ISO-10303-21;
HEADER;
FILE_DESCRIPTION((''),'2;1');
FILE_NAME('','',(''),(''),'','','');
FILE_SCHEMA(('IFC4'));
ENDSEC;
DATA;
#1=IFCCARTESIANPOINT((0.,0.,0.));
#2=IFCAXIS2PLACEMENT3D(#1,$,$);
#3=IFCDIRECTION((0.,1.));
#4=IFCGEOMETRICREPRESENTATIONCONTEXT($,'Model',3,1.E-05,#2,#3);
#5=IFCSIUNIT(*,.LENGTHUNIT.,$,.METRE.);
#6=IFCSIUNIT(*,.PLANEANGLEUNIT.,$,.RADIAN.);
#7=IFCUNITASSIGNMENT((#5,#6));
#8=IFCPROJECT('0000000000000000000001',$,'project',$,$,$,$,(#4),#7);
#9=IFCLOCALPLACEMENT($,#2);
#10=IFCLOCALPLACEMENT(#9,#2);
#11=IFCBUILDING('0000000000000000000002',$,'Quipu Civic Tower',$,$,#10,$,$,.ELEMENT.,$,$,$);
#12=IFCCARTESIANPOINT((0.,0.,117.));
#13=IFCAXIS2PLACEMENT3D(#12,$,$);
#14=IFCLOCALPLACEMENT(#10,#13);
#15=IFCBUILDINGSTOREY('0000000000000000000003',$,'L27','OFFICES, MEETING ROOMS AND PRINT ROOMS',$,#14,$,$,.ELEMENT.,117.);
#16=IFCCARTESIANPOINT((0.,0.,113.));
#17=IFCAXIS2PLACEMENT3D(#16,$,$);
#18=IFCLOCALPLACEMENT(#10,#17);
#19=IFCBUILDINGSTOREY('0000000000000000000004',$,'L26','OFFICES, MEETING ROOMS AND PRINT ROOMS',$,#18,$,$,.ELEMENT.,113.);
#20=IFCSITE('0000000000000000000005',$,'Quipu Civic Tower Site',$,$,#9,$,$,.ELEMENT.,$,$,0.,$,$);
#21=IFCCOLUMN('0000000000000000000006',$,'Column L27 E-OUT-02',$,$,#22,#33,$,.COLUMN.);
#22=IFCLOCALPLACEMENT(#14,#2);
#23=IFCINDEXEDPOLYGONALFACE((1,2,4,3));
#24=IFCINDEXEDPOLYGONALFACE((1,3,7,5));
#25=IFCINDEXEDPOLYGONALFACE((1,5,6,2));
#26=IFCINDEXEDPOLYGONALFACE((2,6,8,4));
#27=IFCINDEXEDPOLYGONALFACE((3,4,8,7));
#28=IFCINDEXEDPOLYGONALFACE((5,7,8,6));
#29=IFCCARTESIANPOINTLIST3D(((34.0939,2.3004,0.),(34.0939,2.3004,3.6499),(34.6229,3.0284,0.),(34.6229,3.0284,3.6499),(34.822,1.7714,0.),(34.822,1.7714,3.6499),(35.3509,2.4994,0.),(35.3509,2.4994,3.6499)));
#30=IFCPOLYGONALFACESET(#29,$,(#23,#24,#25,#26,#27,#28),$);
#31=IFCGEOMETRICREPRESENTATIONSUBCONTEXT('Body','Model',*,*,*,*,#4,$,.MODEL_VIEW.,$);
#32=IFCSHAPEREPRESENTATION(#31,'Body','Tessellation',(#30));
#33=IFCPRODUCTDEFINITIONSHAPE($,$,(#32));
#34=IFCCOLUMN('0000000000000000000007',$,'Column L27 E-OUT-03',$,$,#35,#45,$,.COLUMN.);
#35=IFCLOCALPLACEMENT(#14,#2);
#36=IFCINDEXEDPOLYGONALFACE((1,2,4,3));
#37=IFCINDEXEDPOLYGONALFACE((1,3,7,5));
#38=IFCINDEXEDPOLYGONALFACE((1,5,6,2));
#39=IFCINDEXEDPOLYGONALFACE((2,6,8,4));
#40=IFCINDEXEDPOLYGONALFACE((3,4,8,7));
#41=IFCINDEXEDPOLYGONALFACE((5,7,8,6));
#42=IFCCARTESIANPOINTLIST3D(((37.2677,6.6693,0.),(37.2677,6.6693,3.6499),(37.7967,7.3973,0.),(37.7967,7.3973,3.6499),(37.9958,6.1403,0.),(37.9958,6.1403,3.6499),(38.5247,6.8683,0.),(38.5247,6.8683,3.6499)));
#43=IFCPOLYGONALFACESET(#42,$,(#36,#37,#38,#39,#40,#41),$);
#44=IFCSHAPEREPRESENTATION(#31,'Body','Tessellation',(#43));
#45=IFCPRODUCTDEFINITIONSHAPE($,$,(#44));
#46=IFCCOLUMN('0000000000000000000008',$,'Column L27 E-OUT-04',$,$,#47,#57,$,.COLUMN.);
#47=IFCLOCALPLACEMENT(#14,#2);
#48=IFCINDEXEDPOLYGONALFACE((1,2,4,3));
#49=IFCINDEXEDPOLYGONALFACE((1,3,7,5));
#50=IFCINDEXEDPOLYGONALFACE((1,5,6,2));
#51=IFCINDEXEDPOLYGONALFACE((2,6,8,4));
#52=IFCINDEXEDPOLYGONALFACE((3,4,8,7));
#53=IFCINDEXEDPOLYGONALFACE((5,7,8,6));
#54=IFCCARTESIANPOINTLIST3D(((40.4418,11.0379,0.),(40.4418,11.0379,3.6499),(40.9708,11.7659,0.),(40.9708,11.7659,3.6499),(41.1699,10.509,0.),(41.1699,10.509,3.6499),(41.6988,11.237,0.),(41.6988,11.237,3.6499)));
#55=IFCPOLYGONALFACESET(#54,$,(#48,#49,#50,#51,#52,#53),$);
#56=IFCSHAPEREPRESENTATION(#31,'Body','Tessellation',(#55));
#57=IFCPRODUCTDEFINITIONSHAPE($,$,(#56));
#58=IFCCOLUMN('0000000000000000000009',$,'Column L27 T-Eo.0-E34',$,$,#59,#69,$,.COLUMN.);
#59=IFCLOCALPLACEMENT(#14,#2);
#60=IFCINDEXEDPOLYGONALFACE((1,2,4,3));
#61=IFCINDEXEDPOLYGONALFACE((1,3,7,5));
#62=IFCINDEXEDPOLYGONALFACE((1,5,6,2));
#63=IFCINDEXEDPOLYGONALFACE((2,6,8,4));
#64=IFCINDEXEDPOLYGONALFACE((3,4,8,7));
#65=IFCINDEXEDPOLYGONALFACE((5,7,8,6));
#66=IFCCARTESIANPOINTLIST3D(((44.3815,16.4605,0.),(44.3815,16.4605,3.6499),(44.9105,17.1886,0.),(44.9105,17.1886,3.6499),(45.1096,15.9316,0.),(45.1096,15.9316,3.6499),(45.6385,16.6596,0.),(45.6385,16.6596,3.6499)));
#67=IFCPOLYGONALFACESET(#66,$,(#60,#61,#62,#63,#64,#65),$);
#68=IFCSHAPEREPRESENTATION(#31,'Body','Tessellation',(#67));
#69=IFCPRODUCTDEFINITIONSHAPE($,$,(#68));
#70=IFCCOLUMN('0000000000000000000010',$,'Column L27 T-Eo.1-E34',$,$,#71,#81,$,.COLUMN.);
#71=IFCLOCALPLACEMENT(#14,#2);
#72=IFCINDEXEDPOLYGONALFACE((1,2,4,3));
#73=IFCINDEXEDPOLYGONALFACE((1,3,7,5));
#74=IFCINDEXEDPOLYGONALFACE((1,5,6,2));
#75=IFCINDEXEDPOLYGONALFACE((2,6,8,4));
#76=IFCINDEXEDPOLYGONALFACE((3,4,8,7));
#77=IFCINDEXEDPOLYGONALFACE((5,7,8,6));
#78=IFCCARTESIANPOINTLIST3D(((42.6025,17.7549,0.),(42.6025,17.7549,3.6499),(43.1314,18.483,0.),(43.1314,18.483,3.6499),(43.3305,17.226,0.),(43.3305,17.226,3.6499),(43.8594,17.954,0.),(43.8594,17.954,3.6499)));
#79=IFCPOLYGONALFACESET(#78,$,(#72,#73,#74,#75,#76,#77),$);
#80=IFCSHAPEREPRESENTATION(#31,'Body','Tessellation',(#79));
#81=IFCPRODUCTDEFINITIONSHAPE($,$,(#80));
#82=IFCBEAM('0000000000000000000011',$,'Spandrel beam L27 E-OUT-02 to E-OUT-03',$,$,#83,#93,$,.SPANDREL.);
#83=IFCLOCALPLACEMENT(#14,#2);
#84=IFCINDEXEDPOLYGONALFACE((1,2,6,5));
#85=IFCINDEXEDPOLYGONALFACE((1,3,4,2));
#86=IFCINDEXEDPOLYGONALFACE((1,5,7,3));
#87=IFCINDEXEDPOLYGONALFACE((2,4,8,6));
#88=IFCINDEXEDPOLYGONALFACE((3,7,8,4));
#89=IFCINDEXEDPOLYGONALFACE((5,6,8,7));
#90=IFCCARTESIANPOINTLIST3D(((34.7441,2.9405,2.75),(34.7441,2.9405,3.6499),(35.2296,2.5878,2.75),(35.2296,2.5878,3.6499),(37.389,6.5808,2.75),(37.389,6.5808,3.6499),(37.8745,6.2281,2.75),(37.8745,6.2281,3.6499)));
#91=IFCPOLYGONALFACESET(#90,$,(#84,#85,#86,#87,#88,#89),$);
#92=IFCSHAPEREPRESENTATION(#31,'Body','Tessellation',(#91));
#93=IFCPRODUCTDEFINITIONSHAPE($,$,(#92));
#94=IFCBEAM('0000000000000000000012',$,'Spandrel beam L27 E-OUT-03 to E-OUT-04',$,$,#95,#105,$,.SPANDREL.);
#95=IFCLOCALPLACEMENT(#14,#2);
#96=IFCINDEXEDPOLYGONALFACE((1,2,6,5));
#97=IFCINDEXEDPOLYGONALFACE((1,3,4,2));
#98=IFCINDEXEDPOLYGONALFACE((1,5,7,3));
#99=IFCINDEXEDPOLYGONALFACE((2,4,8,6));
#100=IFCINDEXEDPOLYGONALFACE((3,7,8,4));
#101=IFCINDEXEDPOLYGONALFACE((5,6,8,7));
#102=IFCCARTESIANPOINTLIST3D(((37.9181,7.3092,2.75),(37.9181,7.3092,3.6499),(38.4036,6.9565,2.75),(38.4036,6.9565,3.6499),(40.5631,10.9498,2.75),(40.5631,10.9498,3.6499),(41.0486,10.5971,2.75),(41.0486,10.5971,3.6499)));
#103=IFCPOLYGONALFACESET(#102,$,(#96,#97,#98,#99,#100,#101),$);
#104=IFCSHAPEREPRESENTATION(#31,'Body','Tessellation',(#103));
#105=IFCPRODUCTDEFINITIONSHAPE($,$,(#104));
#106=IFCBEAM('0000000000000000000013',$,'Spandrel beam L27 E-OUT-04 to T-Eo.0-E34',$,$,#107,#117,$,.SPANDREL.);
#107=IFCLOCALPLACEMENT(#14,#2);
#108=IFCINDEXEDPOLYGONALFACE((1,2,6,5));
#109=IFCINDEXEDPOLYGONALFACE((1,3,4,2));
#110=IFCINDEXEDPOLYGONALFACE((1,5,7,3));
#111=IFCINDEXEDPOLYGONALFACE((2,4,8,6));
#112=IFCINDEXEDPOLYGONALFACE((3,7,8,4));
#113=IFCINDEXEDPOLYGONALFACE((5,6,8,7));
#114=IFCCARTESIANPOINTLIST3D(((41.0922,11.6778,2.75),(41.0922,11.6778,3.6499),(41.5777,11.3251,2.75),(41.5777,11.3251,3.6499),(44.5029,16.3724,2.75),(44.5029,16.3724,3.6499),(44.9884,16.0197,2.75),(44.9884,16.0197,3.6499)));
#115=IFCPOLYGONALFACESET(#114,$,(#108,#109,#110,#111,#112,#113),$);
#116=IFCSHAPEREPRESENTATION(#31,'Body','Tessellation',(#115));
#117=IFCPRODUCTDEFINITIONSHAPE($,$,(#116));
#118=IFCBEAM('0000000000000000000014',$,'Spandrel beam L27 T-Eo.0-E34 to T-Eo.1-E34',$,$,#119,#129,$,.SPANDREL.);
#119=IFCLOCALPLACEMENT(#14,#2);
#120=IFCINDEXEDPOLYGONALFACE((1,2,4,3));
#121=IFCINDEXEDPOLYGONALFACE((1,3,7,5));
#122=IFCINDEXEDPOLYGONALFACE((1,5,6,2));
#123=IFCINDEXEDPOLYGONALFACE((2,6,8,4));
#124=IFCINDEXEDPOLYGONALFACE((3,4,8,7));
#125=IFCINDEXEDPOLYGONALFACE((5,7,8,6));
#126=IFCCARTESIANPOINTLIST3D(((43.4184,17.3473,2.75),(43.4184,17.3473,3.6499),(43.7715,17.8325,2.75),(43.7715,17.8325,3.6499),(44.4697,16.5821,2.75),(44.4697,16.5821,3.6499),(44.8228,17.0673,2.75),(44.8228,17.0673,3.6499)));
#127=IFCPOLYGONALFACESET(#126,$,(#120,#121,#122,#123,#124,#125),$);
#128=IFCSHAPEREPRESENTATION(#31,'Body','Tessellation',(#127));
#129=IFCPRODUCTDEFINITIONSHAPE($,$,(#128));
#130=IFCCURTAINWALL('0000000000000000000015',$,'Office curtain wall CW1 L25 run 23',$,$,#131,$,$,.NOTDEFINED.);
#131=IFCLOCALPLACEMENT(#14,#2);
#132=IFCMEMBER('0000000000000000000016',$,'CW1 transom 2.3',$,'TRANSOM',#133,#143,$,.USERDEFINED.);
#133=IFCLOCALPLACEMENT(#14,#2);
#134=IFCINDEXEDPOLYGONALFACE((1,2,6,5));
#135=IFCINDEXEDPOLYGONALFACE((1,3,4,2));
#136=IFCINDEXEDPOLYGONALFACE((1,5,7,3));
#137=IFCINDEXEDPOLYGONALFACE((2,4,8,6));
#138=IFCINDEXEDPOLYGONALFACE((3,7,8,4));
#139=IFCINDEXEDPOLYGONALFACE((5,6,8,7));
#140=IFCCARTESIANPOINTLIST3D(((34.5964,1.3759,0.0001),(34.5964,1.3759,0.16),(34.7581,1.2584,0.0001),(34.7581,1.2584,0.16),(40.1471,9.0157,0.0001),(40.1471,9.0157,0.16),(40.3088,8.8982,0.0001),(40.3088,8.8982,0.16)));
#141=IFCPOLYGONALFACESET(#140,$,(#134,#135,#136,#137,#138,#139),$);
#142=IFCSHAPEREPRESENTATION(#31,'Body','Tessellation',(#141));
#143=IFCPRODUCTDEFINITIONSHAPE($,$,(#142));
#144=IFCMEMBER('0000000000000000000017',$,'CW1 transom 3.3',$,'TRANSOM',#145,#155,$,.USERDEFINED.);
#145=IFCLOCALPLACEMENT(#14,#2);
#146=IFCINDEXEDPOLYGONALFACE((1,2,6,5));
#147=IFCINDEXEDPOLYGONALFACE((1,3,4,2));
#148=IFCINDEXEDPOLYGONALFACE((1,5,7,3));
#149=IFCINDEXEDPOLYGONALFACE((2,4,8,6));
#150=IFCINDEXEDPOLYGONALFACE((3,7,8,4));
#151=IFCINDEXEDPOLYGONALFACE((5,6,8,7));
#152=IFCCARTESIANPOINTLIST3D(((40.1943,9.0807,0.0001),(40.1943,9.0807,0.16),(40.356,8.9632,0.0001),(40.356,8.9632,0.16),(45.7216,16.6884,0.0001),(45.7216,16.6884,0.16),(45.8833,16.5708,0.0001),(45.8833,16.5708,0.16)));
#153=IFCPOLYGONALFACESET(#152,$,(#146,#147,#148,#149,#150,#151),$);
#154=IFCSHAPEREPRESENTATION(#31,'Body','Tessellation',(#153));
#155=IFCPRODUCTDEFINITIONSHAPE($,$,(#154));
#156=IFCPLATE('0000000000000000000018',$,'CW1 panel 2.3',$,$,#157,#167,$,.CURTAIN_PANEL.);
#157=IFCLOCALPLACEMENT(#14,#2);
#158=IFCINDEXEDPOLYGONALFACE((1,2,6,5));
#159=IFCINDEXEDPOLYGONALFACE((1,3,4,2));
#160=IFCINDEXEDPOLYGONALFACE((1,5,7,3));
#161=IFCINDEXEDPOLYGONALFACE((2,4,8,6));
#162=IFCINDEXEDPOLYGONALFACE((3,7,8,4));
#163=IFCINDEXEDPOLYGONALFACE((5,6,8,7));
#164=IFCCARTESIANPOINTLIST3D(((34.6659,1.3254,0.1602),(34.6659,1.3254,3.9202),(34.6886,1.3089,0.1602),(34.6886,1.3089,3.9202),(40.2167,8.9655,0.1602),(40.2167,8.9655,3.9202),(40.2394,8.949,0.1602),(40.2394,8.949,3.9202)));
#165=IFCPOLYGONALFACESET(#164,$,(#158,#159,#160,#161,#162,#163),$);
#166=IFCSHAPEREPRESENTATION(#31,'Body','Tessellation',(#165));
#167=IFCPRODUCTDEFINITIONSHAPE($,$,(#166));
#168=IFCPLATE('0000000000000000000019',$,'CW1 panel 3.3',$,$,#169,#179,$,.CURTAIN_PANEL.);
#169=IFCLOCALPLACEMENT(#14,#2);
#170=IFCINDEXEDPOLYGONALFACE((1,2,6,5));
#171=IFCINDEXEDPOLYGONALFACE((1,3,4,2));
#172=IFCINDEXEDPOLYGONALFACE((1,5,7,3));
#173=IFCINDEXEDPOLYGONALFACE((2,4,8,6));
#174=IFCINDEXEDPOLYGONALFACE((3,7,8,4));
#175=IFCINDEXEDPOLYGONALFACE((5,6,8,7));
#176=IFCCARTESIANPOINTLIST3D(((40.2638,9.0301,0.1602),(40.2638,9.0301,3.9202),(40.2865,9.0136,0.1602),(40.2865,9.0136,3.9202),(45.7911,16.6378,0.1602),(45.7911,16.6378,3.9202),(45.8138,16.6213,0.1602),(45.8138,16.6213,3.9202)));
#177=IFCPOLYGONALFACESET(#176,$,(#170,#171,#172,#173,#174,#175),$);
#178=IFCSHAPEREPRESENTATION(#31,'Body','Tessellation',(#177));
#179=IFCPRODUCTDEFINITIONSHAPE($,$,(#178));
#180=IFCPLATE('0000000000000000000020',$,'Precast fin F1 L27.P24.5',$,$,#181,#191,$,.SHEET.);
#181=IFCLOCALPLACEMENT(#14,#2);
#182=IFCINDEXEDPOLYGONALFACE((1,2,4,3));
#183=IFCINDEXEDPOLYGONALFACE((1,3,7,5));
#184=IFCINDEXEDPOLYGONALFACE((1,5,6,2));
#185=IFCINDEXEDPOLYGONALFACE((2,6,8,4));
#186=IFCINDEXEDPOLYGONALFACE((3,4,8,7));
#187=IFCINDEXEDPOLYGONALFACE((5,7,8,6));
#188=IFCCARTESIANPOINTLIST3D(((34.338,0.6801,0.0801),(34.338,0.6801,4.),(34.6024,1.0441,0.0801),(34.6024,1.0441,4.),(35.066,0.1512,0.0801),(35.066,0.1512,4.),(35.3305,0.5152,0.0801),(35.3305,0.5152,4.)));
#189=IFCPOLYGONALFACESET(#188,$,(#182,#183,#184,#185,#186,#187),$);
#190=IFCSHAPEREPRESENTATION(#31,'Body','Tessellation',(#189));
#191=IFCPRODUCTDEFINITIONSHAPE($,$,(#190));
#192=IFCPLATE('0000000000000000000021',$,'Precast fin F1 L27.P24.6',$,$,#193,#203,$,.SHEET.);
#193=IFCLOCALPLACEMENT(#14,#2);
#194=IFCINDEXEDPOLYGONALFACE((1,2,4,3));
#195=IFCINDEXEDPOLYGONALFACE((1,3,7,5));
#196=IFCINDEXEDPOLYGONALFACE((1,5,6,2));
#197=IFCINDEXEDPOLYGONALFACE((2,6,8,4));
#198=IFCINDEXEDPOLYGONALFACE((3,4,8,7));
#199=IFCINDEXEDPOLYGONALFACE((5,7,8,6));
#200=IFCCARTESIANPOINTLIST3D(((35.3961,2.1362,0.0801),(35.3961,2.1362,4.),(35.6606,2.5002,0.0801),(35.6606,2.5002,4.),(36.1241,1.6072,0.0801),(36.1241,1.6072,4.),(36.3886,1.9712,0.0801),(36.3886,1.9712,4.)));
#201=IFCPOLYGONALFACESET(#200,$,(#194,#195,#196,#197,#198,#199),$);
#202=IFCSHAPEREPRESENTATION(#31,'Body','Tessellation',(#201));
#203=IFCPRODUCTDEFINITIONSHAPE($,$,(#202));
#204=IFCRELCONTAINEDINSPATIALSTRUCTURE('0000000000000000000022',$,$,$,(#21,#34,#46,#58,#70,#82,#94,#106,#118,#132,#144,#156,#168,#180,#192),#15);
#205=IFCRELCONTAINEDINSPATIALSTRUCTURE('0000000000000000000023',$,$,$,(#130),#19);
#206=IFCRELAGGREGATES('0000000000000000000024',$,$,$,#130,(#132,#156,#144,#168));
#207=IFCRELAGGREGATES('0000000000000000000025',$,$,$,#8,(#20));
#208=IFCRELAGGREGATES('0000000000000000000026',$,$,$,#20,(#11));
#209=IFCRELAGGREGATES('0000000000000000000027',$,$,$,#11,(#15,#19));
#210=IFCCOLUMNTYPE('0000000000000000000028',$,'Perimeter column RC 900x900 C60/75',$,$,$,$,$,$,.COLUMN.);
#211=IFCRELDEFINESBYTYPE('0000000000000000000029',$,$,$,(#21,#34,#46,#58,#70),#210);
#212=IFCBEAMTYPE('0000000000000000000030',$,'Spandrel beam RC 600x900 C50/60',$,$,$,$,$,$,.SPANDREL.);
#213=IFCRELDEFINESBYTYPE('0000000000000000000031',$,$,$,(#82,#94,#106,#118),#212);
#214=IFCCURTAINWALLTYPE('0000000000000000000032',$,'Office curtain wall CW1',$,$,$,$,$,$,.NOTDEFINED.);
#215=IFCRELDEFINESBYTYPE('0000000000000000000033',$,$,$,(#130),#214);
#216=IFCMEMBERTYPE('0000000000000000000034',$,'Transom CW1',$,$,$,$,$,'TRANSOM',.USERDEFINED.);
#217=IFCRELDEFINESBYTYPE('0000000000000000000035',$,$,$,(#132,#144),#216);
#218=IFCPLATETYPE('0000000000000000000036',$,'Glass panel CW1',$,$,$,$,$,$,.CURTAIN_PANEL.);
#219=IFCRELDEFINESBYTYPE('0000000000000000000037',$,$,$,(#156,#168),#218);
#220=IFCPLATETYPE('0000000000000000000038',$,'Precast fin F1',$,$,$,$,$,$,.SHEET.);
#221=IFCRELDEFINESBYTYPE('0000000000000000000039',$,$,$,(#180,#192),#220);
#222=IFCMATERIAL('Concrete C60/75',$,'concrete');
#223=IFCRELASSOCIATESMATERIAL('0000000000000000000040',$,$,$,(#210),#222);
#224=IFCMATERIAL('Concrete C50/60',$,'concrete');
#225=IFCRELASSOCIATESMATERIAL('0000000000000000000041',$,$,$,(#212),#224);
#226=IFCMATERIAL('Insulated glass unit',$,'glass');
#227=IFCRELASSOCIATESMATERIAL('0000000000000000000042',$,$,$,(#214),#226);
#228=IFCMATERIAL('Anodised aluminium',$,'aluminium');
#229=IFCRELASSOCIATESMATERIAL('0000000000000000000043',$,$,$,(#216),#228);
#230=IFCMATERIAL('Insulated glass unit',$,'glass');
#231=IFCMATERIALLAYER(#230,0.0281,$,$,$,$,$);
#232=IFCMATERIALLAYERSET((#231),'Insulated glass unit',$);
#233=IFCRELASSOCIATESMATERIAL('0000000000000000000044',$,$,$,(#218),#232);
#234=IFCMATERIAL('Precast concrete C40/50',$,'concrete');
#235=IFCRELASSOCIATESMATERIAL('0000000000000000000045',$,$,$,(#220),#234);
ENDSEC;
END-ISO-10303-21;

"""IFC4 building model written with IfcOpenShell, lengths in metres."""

from ifc_helpers import new_model, si_unit, direction, frame, origin, origin_2d, place, context, subcontext, project, spatial, rectangle, extrude, material, layer, layer_set, material_profile, profile_set, type_object, element, aggregate, save


model = new_model("IFC4")

# Units and contexts
model_context = context("Model", 3, precision=1e-05, world=origin(), true_north=direction((0.0, 1.0)))
body_context = subcontext(model_context, "Body", "Model", "MODEL_VIEW")
ifc_project = project(units=[si_unit("LENGTHUNIT", "METRE"), si_unit("PLANEANGLEUNIT", "RADIAN")], contexts=[model_context])

# Site, building, storey
site_placement = place(None, origin())
site = spatial("IfcSite", under=ifc_project, at=site_placement, Name="Quipu Civic Tower Site", CompositionType="ELEMENT", RefElevation=0.0)
building_placement = place(site_placement, origin())
building = spatial("IfcBuilding", under=site, at=building_placement, Name="Quipu Civic Tower", CompositionType="ELEMENT")
storey_1_placement = place(building_placement, frame((0.0, 0.0, 117.0)))
storey_1 = spatial("IfcBuildingStorey", under=building, at=storey_1_placement, Name="L27", Description="OFFICES, MEETING ROOMS AND PRINT ROOMS", CompositionType="ELEMENT", Elevation=117.0)

# Columns
ifc_material_1 = material(Name="Concrete C60/75", Category="concrete")
ifc_material_profile_1 = material_profile(ifc_material_1, rectangle(XDim=0.8999, YDim=0.8999, at=origin_2d()), Name="RC900x900")
ifc_profile_set_1 = profile_set([ifc_material_profile_1], Name="Concrete C60/75")
column_type = type_object("IfcColumnType", Name="Perimeter column RC 900x900 C60/75", PredefinedType="COLUMN", material=ifc_profile_set_1)
for number, where, z_axis, x_axis, name in (
    (1, (34.7224, 2.3999, 0.0), (0.0, 0.0, 1.0), (0.587785, 0.809017, 0.0), "Column L27 E-OUT-02"),
    (2, (37.8962, 6.7688, 0.0), (0.0, 0.0, 1.0), (0.587785, 0.809017, 0.0), "Column L27 E-OUT-03"),
    (3, (41.0703, 11.1375, 0.0), (0.0, 0.0, 1.0), (0.587785, 0.809017, 0.0), "Column L27 E-OUT-04"),
    (4, (45.01, 16.5601, 0.0), (0.0, 0.0, 1.0), (0.587785, 0.809017, 0.0), "Column L27 T-Eo.0-E34"),
    (5, (43.231, 17.8545, 0.0), (0.0, 0.0, 1.0), (0.587785, 0.809017, 0.0), "Column L27 T-Eo.1-E34"),
):
    element("IfcColumn", number, at=place(storey_1_placement, frame(where, z_axis=z_axis, x_axis=x_axis)), inside=storey_1, type_object=column_type, Name=name, PredefinedType="COLUMN", context=body_context, shape_type="SweptSolid", body=[
        extrude(rectangle(XDim=0.8999, YDim=0.8999, at=origin_2d()), origin(), (0.0, 0.0, 1.0), 3.6499),
    ])

# Beams
ifc_material_2 = material(Name="Concrete C50/60", Category="concrete")
ifc_material_profile_2 = material_profile(ifc_material_2, rectangle(XDim=0.6001, YDim=0.8999, at=origin_2d()), Name="RC600x900")
ifc_profile_set_2 = profile_set([ifc_material_profile_2], Name="Concrete C50/60")
beam_type = type_object("IfcBeamType", Name="Spandrel beam RC 600x900 C50/60", PredefinedType="SPANDREL", material=ifc_profile_set_2)
beam_1_placement = place(storey_1_placement, frame((34.9868, 2.7642, 3.2), z_axis=(0.587804, 0.809003, 0.0), x_axis=(-0.809003, 0.587804, 0.0)))
element("IfcBeam", 6, at=beam_1_placement, inside=storey_1, type_object=beam_type, Name="Spandrel beam L27 E-OUT-02 to E-OUT-03", PredefinedType="SPANDREL", context=body_context, shape_type="SweptSolid", body=[
    extrude(rectangle(XDim=0.6001, YDim=0.8999, at=origin_2d()), origin(), (0.0, 0.0, 1.0), 4.4998),
])
beam_2_placement = place(storey_1_placement, frame((38.1609, 7.1328, 3.2), z_axis=(0.587778, 0.809022, 0.0), x_axis=(-0.809022, 0.587778, 0.0)))
element("IfcBeam", 7, at=beam_2_placement, inside=storey_1, type_object=beam_type, Name="Spandrel beam L27 E-OUT-03 to E-OUT-04", PredefinedType="SPANDREL", context=body_context, shape_type="SweptSolid", body=[
    extrude(rectangle(XDim=0.6001, YDim=0.8999, at=origin_2d()), origin(), (0.0, 0.0, 1.0), 4.5),
])
beam_3_placement = place(storey_1_placement, frame((41.335, 11.5015, 3.2), z_axis=(0.587766, 0.809031, 0.0), x_axis=(-0.809031, 0.587766, 0.0)))
element("IfcBeam", 8, at=beam_3_placement, inside=storey_1, type_object=beam_type, Name="Spandrel beam L27 E-OUT-04 to T-Eo.0-E34", PredefinedType="SPANDREL", context=body_context, shape_type="SweptSolid", body=[
    extrude(rectangle(XDim=0.6001, YDim=0.8999, at=origin_2d()), origin(), (0.0, 0.0, 1.0), 5.8027),
])
beam_4_placement = place(storey_1_placement, frame((44.6462, 16.8247, 3.2), z_axis=(-0.808525, 0.588462, 0.0), x_axis=(-0.588462, -0.808525, 0.0)))
element("IfcBeam", 9, at=beam_4_placement, inside=storey_1, type_object=beam_type, Name="Spandrel beam L27 T-Eo.0-E34 to T-Eo.1-E34", PredefinedType="SPANDREL", context=body_context, shape_type="SweptSolid", body=[
    extrude(rectangle(XDim=0.6001, YDim=0.8999, at=origin_2d()), origin(), (0.0, 0.0, 1.0), 1.3003),
])

# Shared definitions
storey_2_placement = place(building_placement, frame((0.0, 0.0, 113.0)))
storey_2 = spatial("IfcBuildingStorey", under=building, at=storey_2_placement, Name="L26", Description="OFFICES, MEETING ROOMS AND PRINT ROOMS", CompositionType="ELEMENT", Elevation=113.0)

# Curtain wall, members, plates
ifc_material_3 = material(Name="Insulated glass unit", Category="glass")
curtain_wall_type = type_object("IfcCurtainWallType", Name="Office curtain wall CW1", PredefinedType="NOTDEFINED", material=ifc_material_3)
curtain_wall_placement = place(storey_2_placement, origin())
curtain_wall = element("IfcCurtainWall", 10, at=curtain_wall_placement, inside=storey_2, type_object=curtain_wall_type, Name="Office curtain wall CW1 L25 run 23", PredefinedType="NOTDEFINED")
ifc_material_4 = material(Name="Anodised aluminium", Category="aluminium")
ifc_material_profile_3 = material_profile(ifc_material_4, rectangle(XDim=0.2, YDim=0.1599, at=origin_2d()), Name="RECT 200x160")
ifc_profile_set_3 = profile_set([ifc_material_profile_3], Name="Anodised aluminium")
member_type = type_object("IfcMemberType", Name="Transom CW1", ElementType="TRANSOM", PredefinedType="USERDEFINED", material=ifc_profile_set_3)
member_1_placement = place(storey_1_placement, frame((34.6772, 1.3171, 0.0801), z_axis=(0.58779, 0.809013, 0.0), x_axis=(-0.809013, 0.58779, 0.0)))
member_1 = element("IfcMember", 11, at=member_1_placement, inside=storey_1, type_object=member_type, Name="CW1 transom 2.3", ObjectType="TRANSOM", PredefinedType="USERDEFINED", context=body_context, shape_type="SweptSolid", body=[
    extrude(rectangle(XDim=0.2, YDim=0.1599, at=origin_2d()), origin(), (0.0, 0.0, 1.0), 9.4434),
])
member_2_placement = place(storey_1_placement, frame((40.2751, 9.022, 0.0801), z_axis=(0.587789, 0.809014, 0.0), x_axis=(-0.809014, 0.587789, 0.0)))
member_2 = element("IfcMember", 12, at=member_2_placement, inside=storey_1, type_object=member_type, Name="CW1 transom 3.3", ObjectType="TRANSOM", PredefinedType="USERDEFINED", context=body_context, shape_type="SweptSolid", body=[
    extrude(rectangle(XDim=0.2, YDim=0.1599, at=origin_2d()), origin(), (0.0, 0.0, 1.0), 9.4036),
])
ifc_material_5 = material(Name="Insulated glass unit", Category="glass")
ifc_layer_1 = layer(ifc_material_5, 0.0281)
ifc_layer_set_1 = layer_set([ifc_layer_1], Name="Insulated glass unit")
plate_type_1 = type_object("IfcPlateType", Name="Glass panel CW1", PredefinedType="CURTAIN_PANEL", material=ifc_layer_set_1)
plate_1_placement = place(storey_1_placement, frame((37.4526, 5.1372, 0.1602), z_axis=(0.0, 0.0, 1.0), x_axis=(0.587785, 0.809017, 0.0)))
plate_1 = element("IfcPlate", 13, at=plate_1_placement, inside=storey_1, type_object=plate_type_1, Name="CW1 panel 2.3", PredefinedType="CURTAIN_PANEL", context=body_context, shape_type="SweptSolid", body=[
    extrude(rectangle(XDim=9.4436, YDim=0.0281, at=origin_2d()), origin(), (0.0, 0.0, 1.0), 3.76),
])
plate_2_placement = place(storey_1_placement, frame((43.0388, 12.8257, 0.1602), z_axis=(0.0, 0.0, 1.0), x_axis=(0.587785, 0.809017, 0.0)))
plate_2 = element("IfcPlate", 14, at=plate_2_placement, inside=storey_1, type_object=plate_type_1, Name="CW1 panel 3.3", PredefinedType="CURTAIN_PANEL", context=body_context, shape_type="SweptSolid", body=[
    extrude(rectangle(XDim=9.4036, YDim=0.0281, at=origin_2d()), origin(), (0.0, 0.0, 1.0), 3.76),
])
aggregate(curtain_wall, [member_1, plate_1, member_2, plate_2])

# Plates
ifc_material_6 = material(Name="Precast concrete C40/50", Category="concrete")
plate_type_2 = type_object("IfcPlateType", Name="Precast fin F1", PredefinedType="SHEET", material=ifc_material_6)
for number, where, z_axis, x_axis, name in (
    (15, (34.8342, 0.5977, 0.0801), (0.0, 0.0, 1.0), (0.587786, 0.809017, 0.0), "Precast fin F1 L27.P24.5"),
    (16, (35.8923, 2.0537, 0.0801), (0.0, 0.0, 1.0), (0.587786, 0.809017, 0.0), "Precast fin F1 L27.P24.6"),
):
    element("IfcPlate", number, at=place(storey_1_placement, frame(where, z_axis=z_axis, x_axis=x_axis)), inside=storey_1, type_object=plate_type_2, Name=name, PredefinedType="SHEET", context=body_context, shape_type="SweptSolid", body=[
        extrude(rectangle(XDim=0.45, YDim=0.8999, at=origin_2d()), origin(), (0.0, 0.0, 1.0), 3.9199),
    ])

save(model, "model.ifc")
